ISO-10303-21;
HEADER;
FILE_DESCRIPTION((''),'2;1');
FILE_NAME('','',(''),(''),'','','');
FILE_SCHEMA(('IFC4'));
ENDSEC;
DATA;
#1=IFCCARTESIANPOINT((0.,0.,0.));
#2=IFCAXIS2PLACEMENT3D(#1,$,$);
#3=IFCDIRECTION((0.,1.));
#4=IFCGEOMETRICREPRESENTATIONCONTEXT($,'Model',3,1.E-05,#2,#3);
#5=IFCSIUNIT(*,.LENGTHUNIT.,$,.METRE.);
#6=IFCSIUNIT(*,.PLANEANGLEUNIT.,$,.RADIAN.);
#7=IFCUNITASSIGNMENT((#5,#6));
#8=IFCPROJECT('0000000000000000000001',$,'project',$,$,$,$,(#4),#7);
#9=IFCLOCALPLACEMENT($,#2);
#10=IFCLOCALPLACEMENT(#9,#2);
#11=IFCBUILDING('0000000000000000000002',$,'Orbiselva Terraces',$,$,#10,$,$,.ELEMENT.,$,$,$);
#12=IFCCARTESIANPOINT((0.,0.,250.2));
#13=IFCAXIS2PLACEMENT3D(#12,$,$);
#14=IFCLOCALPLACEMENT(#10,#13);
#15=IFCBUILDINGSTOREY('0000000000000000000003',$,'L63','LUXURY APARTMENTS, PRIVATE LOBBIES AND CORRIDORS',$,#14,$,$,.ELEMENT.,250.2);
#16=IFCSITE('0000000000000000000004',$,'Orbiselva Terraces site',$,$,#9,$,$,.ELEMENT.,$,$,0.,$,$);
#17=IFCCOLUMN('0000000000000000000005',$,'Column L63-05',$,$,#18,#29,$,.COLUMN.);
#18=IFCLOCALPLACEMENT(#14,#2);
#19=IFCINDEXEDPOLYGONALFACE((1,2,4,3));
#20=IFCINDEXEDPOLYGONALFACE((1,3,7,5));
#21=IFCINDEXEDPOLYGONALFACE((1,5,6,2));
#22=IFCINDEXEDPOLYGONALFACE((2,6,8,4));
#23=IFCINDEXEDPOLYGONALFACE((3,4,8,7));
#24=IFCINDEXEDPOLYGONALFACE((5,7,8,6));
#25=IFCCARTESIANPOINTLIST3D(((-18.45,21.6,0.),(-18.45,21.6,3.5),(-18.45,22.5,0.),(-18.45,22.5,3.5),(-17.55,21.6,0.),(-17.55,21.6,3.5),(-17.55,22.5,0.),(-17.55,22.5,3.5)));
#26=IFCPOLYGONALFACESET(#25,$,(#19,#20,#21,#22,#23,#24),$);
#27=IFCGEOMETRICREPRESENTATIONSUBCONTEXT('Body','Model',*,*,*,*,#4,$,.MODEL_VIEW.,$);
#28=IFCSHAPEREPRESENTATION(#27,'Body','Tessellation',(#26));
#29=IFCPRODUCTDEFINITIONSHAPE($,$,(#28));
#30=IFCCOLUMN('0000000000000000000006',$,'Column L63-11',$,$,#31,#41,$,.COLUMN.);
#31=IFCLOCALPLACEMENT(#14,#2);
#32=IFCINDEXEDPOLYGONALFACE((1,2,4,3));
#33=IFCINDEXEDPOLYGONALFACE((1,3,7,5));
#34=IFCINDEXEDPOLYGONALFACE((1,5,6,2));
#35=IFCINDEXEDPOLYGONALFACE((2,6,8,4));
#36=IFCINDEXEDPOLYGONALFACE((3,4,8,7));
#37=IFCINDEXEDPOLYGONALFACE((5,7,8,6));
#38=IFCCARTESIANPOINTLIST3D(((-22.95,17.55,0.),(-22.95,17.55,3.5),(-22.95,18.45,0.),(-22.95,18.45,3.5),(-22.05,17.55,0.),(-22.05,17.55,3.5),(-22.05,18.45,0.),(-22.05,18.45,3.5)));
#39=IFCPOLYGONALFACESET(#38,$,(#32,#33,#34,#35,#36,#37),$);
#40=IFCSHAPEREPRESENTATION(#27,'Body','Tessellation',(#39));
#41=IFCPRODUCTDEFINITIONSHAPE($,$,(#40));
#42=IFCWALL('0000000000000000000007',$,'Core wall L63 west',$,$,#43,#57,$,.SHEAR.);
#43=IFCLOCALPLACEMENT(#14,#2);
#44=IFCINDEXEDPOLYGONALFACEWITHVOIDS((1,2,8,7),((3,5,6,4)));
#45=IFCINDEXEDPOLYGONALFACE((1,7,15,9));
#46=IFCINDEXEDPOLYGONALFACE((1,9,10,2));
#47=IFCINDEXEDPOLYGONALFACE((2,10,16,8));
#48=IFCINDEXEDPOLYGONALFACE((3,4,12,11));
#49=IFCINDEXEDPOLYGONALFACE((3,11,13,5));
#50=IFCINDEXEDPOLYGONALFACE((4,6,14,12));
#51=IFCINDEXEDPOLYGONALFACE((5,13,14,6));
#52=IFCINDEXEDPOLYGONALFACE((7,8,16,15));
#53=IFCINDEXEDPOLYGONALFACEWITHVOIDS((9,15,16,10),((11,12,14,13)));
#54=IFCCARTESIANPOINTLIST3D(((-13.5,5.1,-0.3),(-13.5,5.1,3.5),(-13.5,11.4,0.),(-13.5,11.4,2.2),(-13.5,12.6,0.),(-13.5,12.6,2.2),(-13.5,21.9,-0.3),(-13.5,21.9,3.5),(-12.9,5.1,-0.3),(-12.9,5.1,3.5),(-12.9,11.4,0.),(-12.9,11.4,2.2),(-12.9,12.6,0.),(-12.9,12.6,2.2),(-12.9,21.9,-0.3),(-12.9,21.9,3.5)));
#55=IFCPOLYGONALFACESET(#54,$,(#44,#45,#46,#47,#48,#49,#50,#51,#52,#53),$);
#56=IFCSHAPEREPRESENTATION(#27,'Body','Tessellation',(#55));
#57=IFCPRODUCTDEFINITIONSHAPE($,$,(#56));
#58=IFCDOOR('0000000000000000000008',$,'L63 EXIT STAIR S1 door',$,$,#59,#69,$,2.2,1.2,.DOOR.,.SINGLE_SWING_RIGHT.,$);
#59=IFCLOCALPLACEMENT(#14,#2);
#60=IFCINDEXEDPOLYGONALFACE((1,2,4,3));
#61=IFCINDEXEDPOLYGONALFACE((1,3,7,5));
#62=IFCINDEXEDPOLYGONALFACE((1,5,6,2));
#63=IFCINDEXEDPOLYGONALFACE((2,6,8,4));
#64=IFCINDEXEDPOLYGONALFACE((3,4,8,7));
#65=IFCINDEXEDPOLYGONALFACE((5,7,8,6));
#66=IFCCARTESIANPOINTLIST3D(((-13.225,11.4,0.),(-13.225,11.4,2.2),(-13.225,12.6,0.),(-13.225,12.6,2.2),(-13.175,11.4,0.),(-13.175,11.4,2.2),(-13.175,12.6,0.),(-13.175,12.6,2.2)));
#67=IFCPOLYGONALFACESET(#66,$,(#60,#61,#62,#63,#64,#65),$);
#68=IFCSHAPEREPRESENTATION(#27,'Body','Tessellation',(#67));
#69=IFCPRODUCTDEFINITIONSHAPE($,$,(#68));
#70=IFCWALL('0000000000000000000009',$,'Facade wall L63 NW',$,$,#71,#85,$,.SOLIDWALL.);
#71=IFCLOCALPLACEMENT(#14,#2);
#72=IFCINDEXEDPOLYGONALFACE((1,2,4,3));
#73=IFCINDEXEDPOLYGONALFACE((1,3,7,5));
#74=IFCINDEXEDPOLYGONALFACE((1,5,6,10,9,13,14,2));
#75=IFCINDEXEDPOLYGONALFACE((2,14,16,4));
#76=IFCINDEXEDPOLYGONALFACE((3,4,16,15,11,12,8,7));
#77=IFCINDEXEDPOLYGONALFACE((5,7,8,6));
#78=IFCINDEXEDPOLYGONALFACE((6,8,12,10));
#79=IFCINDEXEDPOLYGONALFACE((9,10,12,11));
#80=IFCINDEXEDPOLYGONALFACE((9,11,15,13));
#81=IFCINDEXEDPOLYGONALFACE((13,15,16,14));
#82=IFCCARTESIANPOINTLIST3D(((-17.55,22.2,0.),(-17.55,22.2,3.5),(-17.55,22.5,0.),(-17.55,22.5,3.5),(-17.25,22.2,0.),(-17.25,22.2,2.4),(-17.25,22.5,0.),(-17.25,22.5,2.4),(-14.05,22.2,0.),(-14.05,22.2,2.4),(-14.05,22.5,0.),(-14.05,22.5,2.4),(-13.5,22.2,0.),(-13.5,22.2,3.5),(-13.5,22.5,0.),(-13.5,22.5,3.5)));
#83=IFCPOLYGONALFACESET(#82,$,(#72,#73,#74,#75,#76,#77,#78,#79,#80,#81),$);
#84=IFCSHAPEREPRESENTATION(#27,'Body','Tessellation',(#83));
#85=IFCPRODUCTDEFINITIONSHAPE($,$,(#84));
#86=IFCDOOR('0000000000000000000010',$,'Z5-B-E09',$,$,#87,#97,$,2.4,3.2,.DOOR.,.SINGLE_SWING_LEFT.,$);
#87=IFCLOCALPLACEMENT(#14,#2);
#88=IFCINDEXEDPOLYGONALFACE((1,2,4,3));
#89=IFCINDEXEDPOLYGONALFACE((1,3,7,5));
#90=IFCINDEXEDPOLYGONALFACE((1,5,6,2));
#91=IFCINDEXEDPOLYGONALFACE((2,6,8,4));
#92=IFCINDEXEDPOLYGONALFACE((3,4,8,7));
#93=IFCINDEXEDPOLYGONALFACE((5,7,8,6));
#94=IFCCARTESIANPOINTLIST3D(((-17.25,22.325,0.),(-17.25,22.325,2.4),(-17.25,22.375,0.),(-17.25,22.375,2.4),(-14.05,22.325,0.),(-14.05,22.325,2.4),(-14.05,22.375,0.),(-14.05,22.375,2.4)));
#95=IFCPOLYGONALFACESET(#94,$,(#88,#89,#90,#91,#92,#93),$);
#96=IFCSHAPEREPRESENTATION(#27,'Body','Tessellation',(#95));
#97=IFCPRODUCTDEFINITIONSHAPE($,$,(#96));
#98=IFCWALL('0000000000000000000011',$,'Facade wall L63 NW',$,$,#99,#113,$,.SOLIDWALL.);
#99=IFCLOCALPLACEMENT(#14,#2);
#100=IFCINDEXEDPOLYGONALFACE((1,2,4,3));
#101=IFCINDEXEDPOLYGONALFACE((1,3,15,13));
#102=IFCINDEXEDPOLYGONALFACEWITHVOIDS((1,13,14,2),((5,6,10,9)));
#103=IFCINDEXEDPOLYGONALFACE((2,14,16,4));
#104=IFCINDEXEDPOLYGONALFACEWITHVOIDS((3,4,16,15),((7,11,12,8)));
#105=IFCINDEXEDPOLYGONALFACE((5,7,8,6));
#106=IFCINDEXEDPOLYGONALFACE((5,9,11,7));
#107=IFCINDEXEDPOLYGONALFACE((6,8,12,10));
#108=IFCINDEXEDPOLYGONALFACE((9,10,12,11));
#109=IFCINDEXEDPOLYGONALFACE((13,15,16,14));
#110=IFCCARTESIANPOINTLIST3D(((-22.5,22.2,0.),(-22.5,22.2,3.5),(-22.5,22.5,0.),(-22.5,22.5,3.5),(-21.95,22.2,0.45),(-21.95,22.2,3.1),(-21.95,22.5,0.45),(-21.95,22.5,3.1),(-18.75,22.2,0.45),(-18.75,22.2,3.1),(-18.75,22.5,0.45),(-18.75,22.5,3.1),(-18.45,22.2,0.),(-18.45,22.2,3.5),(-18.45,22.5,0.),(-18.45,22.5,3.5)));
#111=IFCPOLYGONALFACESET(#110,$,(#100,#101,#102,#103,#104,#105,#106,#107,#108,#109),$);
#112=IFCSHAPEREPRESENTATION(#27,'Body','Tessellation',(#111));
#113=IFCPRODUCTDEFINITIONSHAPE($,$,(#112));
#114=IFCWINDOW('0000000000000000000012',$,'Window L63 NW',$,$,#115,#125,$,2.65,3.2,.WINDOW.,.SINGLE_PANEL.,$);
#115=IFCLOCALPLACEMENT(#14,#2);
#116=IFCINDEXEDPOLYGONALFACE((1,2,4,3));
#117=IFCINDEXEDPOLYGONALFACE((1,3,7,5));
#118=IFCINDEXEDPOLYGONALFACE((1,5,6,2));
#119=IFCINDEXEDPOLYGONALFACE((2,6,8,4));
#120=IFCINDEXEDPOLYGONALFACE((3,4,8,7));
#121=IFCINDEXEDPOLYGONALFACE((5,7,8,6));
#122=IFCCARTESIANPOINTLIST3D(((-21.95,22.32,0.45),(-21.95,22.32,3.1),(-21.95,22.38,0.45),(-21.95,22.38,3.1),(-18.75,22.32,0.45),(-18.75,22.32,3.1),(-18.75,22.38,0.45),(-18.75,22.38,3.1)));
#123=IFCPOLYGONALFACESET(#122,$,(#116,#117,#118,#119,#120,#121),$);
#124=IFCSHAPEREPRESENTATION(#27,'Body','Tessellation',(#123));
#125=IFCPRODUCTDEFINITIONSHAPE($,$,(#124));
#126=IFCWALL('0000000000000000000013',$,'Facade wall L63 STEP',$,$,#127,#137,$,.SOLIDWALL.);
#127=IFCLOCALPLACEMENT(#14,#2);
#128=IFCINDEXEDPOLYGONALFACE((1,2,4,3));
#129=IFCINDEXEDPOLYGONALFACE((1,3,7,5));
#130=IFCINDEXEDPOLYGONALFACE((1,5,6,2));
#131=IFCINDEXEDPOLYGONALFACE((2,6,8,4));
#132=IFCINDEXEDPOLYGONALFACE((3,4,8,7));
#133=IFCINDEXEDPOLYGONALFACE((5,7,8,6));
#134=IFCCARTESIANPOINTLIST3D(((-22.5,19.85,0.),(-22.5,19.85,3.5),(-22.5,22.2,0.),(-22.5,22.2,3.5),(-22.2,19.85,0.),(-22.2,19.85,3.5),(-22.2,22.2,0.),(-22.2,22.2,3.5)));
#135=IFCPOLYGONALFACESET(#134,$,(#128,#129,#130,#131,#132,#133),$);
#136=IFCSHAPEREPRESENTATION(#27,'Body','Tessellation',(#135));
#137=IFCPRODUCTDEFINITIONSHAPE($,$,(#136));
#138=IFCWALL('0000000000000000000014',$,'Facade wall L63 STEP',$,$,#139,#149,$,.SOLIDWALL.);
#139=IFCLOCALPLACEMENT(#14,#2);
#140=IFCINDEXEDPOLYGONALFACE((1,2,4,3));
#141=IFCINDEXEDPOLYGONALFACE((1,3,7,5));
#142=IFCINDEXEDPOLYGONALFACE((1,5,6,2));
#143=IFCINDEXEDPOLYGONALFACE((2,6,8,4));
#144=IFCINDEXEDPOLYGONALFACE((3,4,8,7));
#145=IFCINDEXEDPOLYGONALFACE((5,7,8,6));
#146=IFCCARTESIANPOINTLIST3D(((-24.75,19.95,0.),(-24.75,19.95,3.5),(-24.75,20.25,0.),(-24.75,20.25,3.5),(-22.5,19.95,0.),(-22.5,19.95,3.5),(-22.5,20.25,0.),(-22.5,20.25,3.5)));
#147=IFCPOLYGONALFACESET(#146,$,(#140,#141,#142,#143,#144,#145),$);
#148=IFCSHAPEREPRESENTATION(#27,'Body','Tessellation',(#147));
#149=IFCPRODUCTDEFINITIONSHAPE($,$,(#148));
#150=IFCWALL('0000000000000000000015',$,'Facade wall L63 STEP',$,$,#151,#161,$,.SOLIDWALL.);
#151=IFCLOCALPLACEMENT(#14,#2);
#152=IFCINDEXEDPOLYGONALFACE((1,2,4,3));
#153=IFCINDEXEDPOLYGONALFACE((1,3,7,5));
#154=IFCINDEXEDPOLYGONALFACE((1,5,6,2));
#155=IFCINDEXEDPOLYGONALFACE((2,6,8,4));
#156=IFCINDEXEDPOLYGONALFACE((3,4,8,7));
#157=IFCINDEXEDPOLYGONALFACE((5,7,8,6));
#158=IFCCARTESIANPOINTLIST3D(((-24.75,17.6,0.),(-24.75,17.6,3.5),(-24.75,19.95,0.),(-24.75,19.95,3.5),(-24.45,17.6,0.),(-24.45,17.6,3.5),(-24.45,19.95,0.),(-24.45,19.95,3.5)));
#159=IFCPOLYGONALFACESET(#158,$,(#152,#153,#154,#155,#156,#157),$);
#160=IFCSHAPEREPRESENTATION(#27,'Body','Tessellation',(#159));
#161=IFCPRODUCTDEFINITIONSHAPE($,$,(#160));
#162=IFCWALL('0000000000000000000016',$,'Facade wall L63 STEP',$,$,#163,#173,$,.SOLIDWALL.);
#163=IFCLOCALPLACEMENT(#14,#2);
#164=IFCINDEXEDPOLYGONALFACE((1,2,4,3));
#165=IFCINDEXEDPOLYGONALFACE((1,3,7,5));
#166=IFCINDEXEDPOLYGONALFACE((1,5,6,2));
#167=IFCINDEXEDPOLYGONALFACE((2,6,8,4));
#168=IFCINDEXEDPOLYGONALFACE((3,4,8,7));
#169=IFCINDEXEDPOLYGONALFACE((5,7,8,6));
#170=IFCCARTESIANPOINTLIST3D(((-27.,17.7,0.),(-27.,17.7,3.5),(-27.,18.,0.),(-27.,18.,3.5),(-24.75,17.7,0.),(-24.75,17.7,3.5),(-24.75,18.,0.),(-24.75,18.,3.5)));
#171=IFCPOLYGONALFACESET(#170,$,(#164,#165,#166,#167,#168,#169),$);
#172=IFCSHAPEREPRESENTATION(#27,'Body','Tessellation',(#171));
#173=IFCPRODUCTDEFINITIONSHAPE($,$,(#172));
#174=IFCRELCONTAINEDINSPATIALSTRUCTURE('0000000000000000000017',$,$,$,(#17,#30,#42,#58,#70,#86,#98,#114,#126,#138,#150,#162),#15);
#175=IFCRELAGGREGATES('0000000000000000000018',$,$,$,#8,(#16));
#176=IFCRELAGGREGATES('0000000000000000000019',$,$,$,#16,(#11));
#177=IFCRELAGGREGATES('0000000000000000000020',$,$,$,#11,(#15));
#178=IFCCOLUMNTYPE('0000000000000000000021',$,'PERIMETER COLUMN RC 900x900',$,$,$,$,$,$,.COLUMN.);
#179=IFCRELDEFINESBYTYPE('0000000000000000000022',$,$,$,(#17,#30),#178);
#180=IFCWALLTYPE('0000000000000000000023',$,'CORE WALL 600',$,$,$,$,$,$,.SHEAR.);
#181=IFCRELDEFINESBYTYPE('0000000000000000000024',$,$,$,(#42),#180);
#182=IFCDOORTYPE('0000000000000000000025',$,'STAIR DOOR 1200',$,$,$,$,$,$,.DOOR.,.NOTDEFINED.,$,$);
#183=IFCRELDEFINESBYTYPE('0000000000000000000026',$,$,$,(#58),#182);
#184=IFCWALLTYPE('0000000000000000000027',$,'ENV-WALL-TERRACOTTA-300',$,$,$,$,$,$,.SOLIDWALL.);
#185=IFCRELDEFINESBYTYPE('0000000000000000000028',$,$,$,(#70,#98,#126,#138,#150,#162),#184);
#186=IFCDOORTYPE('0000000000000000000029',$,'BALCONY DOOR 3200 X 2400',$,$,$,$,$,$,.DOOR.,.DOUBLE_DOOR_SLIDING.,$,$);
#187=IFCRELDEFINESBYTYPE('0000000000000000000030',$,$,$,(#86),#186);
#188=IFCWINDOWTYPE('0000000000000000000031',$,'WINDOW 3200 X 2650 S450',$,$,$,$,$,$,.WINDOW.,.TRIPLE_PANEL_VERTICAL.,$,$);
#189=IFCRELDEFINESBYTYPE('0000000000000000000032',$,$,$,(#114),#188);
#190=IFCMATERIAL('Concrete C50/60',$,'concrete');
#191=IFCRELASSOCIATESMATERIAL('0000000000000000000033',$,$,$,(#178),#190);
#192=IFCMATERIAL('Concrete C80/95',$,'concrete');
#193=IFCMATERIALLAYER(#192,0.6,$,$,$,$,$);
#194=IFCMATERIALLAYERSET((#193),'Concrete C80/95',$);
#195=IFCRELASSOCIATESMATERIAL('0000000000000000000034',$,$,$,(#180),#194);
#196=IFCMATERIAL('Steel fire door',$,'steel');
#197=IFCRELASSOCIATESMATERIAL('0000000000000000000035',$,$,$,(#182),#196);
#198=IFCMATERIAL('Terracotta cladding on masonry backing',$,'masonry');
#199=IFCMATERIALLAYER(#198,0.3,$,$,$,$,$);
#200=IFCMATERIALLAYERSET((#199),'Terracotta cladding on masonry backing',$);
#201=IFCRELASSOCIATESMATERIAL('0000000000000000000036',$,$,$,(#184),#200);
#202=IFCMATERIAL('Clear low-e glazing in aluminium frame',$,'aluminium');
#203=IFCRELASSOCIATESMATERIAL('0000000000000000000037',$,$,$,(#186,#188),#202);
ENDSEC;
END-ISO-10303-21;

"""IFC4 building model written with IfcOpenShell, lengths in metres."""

from ifc_helpers import new_model, si_unit, direction, frame, frame_2d, origin, origin_2d, place, context, subcontext, project, spatial, rectangle, extrude, material, layer, layer_set, material_profile, profile_set, type_object, element, fill, save


model = new_model("IFC4")

# Units and contexts
model_context = context("Model", 3, precision=1e-05, world=origin(), true_north=direction((0.0, 1.0)))
body_context = subcontext(model_context, "Body", "Model", "MODEL_VIEW")
ifc_project = project(units=[si_unit("LENGTHUNIT", "METRE"), si_unit("PLANEANGLEUNIT", "RADIAN")], contexts=[model_context])

# Site, building, storey
site_placement = place(None, origin())
site = spatial("IfcSite", under=ifc_project, at=site_placement, Name="Orbiselva Terraces site", CompositionType="ELEMENT", RefElevation=0.0)
building_placement = place(site_placement, origin())
building = spatial("IfcBuilding", under=site, at=building_placement, Name="Orbiselva Terraces", CompositionType="ELEMENT")
storey_placement = place(building_placement, frame((0.0, 0.0, 250.2)))
storey = spatial("IfcBuildingStorey", under=building, at=storey_placement, Name="L63", Description="LUXURY APARTMENTS, PRIVATE LOBBIES AND CORRIDORS", CompositionType="ELEMENT", Elevation=250.2)

# Columns
ifc_material_1 = material(Name="Concrete C50/60", Category="concrete")
ifc_material_profile = material_profile(ifc_material_1, rectangle(XDim=0.9, YDim=0.9, at=origin_2d()), Name="RC 900x900")
ifc_profile_set = profile_set([ifc_material_profile], Name="Concrete C50/60")
column_type = type_object("IfcColumnType", Name="PERIMETER COLUMN RC 900x900", PredefinedType="COLUMN", material=ifc_profile_set)
for number, where, z_axis, x_axis, name in (
    (1, (-18.0, 22.05, 0.0), (0.0, 0.0, 1.0), (1.0, 0.0, 0.0), "Column L63-05"),
    (2, (-22.5, 18.0, 0.0), (0.0, 0.0, 1.0), (1.0, 0.0, 0.0), "Column L63-11"),
):
    element("IfcColumn", number, at=place(storey_placement, frame(where, z_axis=z_axis, x_axis=x_axis)), inside=storey, type_object=column_type, Name=name, PredefinedType="COLUMN", context=body_context, shape_type="SweptSolid", body=[
        extrude(rectangle(XDim=0.9, YDim=0.9, at=origin_2d()), origin(), (0.0, 0.0, 1.0), 3.5),
    ])

# Walls, openings, doors
ifc_material_2 = material(Name="Concrete C80/95", Category="concrete")
ifc_layer_1 = layer(ifc_material_2, 0.6)
ifc_layer_set_1 = layer_set([ifc_layer_1], Name="Concrete C80/95")
wall_type_1 = type_object("IfcWallType", Name="CORE WALL 600", PredefinedType="SHEAR", material=ifc_layer_set_1)
wall_1_placement = place(storey_placement, frame((-13.2, 21.9, -0.3), z_axis=(0.0, 0.0, 1.0), x_axis=(0.0, -1.0, 0.0)))
wall_1 = element("IfcWall", 3, at=wall_1_placement, inside=storey, type_object=wall_type_1, Name="Core wall L63 west", PredefinedType="SHEAR", context=body_context, shape_type="SweptSolid", body=[
    extrude(rectangle(XDim=16.8, YDim=0.6, at=frame_2d((8.4, 0.0))), origin(), (0.0, 0.0, 1.0), 3.8),
])
opening_1_placement = place(wall_1_placement, frame((9.3, 0.0, 0.3)))
opening_1 = element("IfcOpeningElement", 4, at=opening_1_placement, cuts=wall_1, PredefinedType="OPENING", context=body_context, shape_type="SweptSolid", body=[
    extrude(rectangle(XDim=1.2, YDim=2.2, at=frame_2d((0.6, 1.1))), frame((0.0, 0.31, 0.0), z_axis=(0.0, -1.0, 0.0), x_axis=(1.0, 0.0, 0.0)), (0.0, 0.0, 1.0), 0.62),
])
ifc_material_3 = material(Name="Steel fire door", Category="steel")
door_type_1 = type_object("IfcDoorType", Name="STAIR DOOR 1200", OperationType="NOTDEFINED", PredefinedType="DOOR", material=ifc_material_3)
door_1_placement = place(opening_1_placement, frame((1.2, 0.0, 0.0), z_axis=(0.0, 0.0, 1.0), x_axis=(-1.0, 0.0, 0.0)))
door_1 = element("IfcDoor", 5, at=door_1_placement, inside=storey, type_object=door_type_1, Name="L63 EXIT STAIR S1 door", OperationType="SINGLE_SWING_RIGHT", OverallHeight=2.2, OverallWidth=1.2, PredefinedType="DOOR", context=body_context, shape_type="SweptSolid", body=[
    extrude(rectangle(XDim=1.2, YDim=2.2, at=frame_2d((0.6, 1.1))), frame((0.0, 0.025, 0.0), z_axis=(0.0, -1.0, 0.0), x_axis=(1.0, 0.0, 0.0)), (0.0, 0.0, 1.0), 0.05),
])
fill(opening_1, door_1)
ifc_material_4 = material(Name="Terracotta cladding on masonry backing", Category="masonry")
ifc_layer_2 = layer(ifc_material_4, 0.3)
ifc_layer_set_2 = layer_set([ifc_layer_2], Name="Terracotta cladding on masonry backing")
wall_type_2 = type_object("IfcWallType", Name="ENV-WALL-TERRACOTTA-300", PredefinedType="SOLIDWALL", material=ifc_layer_set_2)
wall_2_placement = place(storey_placement, frame((-17.55, 22.35, 0.0), z_axis=(0.0, 0.0, 1.0), x_axis=(1.0, 0.0, 0.0)))
wall_2 = element("IfcWall", 6, at=wall_2_placement, inside=storey, type_object=wall_type_2, Name="Facade wall L63 NW", PredefinedType="SOLIDWALL", context=body_context, shape_type="SweptSolid", body=[
    extrude(rectangle(XDim=4.05, YDim=0.3, at=frame_2d((2.025, 0.0))), origin(), (0.0, 0.0, 1.0), 3.5),
])
opening_2_placement = place(wall_2_placement, frame((0.3, 0.0, 0.0)))
opening_2 = element("IfcOpeningElement", 7, at=opening_2_placement, cuts=wall_2, PredefinedType="OPENING", context=body_context, shape_type="SweptSolid", body=[
    extrude(rectangle(XDim=3.2, YDim=2.4, at=frame_2d((1.6, 1.2))), frame((0.0, 0.16, 0.0), z_axis=(0.0, -1.0, 0.0), x_axis=(1.0, 0.0, 0.0)), (0.0, 0.0, 1.0), 0.32),
])
ifc_material_5 = material(Name="Clear low-e glazing in aluminium frame", Category="aluminium")
door_type_2 = type_object("IfcDoorType", Name="BALCONY DOOR 3200 X 2400", OperationType="DOUBLE_DOOR_SLIDING", PredefinedType="DOOR", material=ifc_material_5)
door_2_placement = place(opening_2_placement, origin())
door_2 = element("IfcDoor", 8, at=door_2_placement, inside=storey, type_object=door_type_2, Name="Z5-B-E09", OperationType="SINGLE_SWING_LEFT", OverallHeight=2.4, OverallWidth=3.2, PredefinedType="DOOR", context=body_context, shape_type="SweptSolid", body=[
    extrude(rectangle(XDim=3.2, YDim=2.4, at=frame_2d((1.6, 1.2))), frame((0.0, 0.025, 0.0), z_axis=(0.0, -1.0, 0.0), x_axis=(1.0, 0.0, 0.0)), (0.0, 0.0, 1.0), 0.05),
])
fill(opening_2, door_2)

# Wall, opening, window
wall_3_placement = place(storey_placement, frame((-22.5, 22.35, 0.0), z_axis=(0.0, 0.0, 1.0), x_axis=(1.0, 0.0, 0.0)))
wall_3 = element("IfcWall", 9, at=wall_3_placement, inside=storey, type_object=wall_type_2, Name="Facade wall L63 NW", PredefinedType="SOLIDWALL", context=body_context, shape_type="SweptSolid", body=[
    extrude(rectangle(XDim=4.05, YDim=0.3, at=frame_2d((2.025, 0.0))), origin(), (0.0, 0.0, 1.0), 3.5),
])
opening_3_placement = place(wall_3_placement, frame((0.55, 0.0, 0.45)))
opening_3 = element("IfcOpeningElement", 10, at=opening_3_placement, cuts=wall_3, PredefinedType="OPENING", context=body_context, shape_type="SweptSolid", body=[
    extrude(rectangle(XDim=3.2, YDim=2.65, at=frame_2d((1.6, 1.325))), frame((0.0, 0.16, 0.0), z_axis=(0.0, -1.0, 0.0), x_axis=(1.0, 0.0, 0.0)), (0.0, 0.0, 1.0), 0.32),
])
window_type = type_object("IfcWindowType", Name="WINDOW 3200 X 2650 S450", PartitioningType="TRIPLE_PANEL_VERTICAL", PredefinedType="WINDOW", material=ifc_material_5)
window_placement = place(opening_3_placement, origin())
window = element("IfcWindow", 11, at=window_placement, inside=storey, type_object=window_type, Name="Window L63 NW", OverallHeight=2.65, OverallWidth=3.2, PartitioningType="SINGLE_PANEL", PredefinedType="WINDOW", context=body_context, shape_type="SweptSolid", body=[
    extrude(rectangle(XDim=3.2, YDim=2.65, at=frame_2d((1.6, 1.325))), frame((0.0, 0.03, 0.0), z_axis=(0.0, -1.0, 0.0), x_axis=(1.0, 0.0, 0.0)), (0.0, 0.0, 1.0), 0.06),
])
fill(opening_3, window)

# Walls
wall_4_placement = place(storey_placement, frame((-22.35, 19.85, 0.0), z_axis=(0.0, 0.0, 1.0), x_axis=(0.0, 1.0, 0.0)))
element("IfcWall", 12, at=wall_4_placement, inside=storey, type_object=wall_type_2, Name="Facade wall L63 STEP", PredefinedType="SOLIDWALL", context=body_context, shape_type="SweptSolid", body=[
    extrude(rectangle(XDim=2.35, YDim=0.3, at=frame_2d((1.175, 0.0))), origin(), (0.0, 0.0, 1.0), 3.5),
])
wall_5_placement = place(storey_placement, frame((-24.75, 20.1, 0.0), z_axis=(0.0, 0.0, 1.0), x_axis=(1.0, 0.0, 0.0)))
element("IfcWall", 13, at=wall_5_placement, inside=storey, type_object=wall_type_2, Name="Facade wall L63 STEP", PredefinedType="SOLIDWALL", context=body_context, shape_type="SweptSolid", body=[
    extrude(rectangle(XDim=2.25, YDim=0.3, at=frame_2d((1.125, 0.0))), origin(), (0.0, 0.0, 1.0), 3.5),
])
wall_6_placement = place(storey_placement, frame((-24.6, 17.6, 0.0), z_axis=(0.0, 0.0, 1.0), x_axis=(0.0, 1.0, 0.0)))
element("IfcWall", 14, at=wall_6_placement, inside=storey, type_object=wall_type_2, Name="Facade wall L63 STEP", PredefinedType="SOLIDWALL", context=body_context, shape_type="SweptSolid", body=[
    extrude(rectangle(XDim=2.35, YDim=0.3, at=frame_2d((1.175, 0.0))), origin(), (0.0, 0.0, 1.0), 3.5),
])
wall_7_placement = place(storey_placement, frame((-27.0, 17.85, 0.0), z_axis=(0.0, 0.0, 1.0), x_axis=(1.0, 0.0, 0.0)))
element("IfcWall", 15, at=wall_7_placement, inside=storey, type_object=wall_type_2, Name="Facade wall L63 STEP", PredefinedType="SOLIDWALL", context=body_context, shape_type="SweptSolid", body=[
    extrude(rectangle(XDim=2.25, YDim=0.3, at=frame_2d((1.125, 0.0))), origin(), (0.0, 0.0, 1.0), 3.5),
])

save(model, "model.ifc")
